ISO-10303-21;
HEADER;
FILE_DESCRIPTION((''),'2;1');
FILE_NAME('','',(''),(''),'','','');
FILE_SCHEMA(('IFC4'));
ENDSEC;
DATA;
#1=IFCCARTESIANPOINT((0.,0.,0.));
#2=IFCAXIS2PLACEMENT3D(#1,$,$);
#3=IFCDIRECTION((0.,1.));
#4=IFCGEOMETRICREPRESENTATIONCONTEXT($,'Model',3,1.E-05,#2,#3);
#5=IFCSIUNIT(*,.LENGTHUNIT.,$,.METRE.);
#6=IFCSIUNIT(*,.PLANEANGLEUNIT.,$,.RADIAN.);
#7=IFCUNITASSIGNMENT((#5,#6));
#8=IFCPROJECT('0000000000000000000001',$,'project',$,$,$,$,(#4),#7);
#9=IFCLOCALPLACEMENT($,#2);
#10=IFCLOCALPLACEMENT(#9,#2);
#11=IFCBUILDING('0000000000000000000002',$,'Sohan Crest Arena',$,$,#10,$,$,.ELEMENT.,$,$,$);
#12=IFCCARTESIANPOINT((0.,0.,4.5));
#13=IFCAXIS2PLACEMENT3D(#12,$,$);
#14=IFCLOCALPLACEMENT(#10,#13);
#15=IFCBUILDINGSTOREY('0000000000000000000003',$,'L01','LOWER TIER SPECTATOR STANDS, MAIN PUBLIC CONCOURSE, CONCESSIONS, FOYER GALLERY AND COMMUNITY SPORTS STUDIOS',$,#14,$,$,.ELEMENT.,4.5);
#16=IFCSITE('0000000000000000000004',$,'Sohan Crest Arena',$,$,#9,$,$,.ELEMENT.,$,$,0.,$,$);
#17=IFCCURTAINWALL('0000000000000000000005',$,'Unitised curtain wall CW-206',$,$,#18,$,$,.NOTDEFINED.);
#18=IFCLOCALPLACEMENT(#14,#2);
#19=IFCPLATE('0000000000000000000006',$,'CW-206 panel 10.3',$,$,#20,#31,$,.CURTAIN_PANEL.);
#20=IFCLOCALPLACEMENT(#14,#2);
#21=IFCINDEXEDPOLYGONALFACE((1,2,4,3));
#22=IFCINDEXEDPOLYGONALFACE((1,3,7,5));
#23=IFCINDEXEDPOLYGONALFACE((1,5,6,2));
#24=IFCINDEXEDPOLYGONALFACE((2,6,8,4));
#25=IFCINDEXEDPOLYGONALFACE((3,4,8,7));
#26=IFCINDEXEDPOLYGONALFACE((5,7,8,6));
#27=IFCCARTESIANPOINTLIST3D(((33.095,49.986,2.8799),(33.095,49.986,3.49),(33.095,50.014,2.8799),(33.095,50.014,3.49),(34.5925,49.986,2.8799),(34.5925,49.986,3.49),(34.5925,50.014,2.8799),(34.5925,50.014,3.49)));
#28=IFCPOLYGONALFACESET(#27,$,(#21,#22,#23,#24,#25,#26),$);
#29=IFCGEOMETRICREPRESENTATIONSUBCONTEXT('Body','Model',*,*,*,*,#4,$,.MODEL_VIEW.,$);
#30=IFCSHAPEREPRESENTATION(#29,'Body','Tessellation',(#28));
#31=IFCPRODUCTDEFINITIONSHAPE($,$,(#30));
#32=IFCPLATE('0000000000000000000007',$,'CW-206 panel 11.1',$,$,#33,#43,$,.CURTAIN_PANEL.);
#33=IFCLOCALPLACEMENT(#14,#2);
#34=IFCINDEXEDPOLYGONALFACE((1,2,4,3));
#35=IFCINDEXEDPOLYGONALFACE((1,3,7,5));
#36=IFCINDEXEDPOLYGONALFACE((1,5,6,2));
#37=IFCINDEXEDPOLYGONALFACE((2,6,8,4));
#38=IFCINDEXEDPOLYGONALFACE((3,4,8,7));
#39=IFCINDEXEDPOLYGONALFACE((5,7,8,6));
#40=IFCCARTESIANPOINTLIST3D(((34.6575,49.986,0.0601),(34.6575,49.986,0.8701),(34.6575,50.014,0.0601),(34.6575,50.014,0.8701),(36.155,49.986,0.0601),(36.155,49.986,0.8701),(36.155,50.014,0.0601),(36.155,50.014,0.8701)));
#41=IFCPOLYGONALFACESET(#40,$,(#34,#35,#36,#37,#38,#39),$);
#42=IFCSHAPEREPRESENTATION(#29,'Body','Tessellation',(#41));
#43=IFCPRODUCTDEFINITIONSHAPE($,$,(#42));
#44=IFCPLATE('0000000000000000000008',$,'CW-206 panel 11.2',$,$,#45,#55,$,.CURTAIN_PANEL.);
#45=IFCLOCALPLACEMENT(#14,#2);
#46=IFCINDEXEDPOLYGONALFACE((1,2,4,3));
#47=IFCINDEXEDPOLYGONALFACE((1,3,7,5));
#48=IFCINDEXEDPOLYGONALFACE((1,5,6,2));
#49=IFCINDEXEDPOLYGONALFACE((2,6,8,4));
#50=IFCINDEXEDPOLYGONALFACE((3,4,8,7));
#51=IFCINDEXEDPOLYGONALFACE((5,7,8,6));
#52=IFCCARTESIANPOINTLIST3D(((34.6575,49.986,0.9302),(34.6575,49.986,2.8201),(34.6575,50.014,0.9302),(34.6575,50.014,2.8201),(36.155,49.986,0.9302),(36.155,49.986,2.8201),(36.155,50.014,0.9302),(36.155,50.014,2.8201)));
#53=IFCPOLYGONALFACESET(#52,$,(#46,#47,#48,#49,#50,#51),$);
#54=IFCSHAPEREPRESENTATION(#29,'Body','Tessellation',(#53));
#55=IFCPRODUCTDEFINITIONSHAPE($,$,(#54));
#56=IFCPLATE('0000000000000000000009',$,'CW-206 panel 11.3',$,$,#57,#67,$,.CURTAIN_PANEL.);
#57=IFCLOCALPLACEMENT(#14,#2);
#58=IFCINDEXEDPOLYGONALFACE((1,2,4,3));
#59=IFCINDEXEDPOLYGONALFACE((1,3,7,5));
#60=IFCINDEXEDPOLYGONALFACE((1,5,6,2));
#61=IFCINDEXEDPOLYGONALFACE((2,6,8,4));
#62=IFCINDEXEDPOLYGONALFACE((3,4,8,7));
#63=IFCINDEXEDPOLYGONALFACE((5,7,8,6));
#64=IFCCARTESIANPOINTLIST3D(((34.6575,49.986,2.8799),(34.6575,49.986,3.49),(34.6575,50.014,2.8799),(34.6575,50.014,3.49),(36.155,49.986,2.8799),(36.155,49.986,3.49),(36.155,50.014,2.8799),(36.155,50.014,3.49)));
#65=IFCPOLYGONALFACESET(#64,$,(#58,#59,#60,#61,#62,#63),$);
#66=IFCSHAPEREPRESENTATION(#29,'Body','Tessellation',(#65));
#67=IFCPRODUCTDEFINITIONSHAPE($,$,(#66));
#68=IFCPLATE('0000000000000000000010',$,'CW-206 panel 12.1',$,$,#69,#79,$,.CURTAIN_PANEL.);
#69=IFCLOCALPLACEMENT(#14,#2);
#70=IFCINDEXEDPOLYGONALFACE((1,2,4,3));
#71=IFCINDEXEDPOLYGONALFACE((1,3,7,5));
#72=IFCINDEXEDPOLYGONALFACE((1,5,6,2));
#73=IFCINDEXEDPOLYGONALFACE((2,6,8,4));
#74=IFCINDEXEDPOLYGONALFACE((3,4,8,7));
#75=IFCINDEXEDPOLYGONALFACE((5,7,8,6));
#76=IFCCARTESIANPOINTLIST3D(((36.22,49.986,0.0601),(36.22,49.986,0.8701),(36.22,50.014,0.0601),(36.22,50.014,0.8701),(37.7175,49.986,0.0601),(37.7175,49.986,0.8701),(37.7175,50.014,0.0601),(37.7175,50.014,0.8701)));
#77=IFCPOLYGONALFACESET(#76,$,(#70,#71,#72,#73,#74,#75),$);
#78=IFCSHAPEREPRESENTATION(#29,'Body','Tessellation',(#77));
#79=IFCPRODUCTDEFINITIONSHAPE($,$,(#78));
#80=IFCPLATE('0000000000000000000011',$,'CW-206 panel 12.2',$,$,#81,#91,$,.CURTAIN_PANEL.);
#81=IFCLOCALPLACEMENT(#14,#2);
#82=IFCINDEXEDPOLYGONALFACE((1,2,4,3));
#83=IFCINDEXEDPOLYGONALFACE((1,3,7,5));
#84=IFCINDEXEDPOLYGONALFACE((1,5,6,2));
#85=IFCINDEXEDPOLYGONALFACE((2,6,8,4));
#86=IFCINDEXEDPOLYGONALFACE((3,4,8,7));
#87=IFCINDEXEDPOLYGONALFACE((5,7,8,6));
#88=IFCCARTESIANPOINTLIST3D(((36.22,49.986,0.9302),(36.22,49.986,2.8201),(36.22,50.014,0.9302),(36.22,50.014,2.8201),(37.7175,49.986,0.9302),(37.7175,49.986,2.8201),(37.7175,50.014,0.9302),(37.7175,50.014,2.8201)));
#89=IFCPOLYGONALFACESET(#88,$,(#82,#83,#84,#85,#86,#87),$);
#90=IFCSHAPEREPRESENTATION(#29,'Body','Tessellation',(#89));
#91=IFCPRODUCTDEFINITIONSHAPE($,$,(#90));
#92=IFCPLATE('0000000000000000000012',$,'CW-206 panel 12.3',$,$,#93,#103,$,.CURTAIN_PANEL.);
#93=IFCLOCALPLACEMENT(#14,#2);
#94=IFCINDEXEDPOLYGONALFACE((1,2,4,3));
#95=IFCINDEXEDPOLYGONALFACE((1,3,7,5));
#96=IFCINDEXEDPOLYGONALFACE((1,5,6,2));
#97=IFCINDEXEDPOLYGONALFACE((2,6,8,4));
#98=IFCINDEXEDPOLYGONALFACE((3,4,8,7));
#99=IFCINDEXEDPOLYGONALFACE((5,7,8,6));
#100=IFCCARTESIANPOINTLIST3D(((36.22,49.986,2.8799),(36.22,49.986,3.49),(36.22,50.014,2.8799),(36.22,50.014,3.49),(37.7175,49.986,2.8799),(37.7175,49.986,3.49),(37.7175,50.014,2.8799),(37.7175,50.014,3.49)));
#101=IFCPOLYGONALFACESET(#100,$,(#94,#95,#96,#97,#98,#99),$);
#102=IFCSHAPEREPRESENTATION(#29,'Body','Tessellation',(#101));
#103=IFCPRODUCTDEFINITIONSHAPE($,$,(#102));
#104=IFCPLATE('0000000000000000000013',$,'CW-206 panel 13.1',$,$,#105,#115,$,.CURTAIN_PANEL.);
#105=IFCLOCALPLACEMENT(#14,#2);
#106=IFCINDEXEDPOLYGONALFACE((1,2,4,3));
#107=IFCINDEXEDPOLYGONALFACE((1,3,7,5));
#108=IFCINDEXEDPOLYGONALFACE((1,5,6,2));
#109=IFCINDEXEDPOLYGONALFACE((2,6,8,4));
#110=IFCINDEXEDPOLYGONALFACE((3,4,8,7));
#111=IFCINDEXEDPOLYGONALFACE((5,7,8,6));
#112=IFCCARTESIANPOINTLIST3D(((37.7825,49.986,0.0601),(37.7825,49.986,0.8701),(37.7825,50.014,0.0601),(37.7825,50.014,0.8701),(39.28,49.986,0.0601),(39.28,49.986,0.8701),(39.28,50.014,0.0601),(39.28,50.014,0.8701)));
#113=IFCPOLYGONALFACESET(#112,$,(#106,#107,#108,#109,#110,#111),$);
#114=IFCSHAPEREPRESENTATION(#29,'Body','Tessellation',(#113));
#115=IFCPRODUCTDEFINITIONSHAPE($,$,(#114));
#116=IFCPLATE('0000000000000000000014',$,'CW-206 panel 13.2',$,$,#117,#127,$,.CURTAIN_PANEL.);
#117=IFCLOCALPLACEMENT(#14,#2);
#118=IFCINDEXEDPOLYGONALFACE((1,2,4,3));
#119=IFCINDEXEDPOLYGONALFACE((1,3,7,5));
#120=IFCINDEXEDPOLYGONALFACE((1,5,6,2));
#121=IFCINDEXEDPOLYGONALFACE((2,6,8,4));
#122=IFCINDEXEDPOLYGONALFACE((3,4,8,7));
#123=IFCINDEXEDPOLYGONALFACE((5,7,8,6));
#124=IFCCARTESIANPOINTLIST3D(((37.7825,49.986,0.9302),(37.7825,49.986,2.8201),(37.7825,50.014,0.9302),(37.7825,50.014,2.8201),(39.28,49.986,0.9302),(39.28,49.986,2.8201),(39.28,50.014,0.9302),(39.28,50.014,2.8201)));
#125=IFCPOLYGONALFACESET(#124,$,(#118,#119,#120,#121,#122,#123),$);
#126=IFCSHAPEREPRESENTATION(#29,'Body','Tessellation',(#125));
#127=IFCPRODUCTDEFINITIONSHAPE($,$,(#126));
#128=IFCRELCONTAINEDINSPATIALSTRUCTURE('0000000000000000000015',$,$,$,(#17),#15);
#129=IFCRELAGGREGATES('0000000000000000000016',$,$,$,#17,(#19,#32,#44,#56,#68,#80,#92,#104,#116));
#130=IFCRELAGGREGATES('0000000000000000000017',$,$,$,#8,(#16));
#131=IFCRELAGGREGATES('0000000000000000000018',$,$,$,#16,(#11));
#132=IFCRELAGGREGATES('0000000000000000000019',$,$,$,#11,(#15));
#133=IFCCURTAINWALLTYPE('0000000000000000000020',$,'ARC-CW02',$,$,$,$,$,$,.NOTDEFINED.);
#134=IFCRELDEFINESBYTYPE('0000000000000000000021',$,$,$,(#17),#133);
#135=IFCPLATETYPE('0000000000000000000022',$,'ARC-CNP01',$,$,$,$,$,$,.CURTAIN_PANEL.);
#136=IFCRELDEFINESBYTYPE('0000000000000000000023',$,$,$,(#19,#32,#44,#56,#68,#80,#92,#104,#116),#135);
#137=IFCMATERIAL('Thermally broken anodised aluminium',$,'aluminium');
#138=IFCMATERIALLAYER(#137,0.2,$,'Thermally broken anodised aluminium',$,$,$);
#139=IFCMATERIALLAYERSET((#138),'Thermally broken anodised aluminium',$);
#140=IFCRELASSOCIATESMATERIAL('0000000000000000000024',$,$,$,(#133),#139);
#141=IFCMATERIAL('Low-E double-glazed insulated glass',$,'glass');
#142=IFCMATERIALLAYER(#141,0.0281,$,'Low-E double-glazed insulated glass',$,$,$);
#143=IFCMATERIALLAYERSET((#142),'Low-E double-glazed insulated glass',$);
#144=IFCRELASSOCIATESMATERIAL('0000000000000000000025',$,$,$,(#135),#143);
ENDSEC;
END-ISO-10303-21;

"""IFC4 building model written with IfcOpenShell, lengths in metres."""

from ifc_helpers import new_model, si_unit, direction, frame, origin, origin_2d, place, context, subcontext, project, spatial, rectangle, extrude, material, layer, layer_set, type_object, element, aggregate, save


model = new_model("IFC4")

# Units and contexts
model_context = context("Model", 3, precision=1e-05, world=origin(), true_north=direction((0.0, 1.0)))
body_context = subcontext(model_context, "Body", "Model", "MODEL_VIEW")
ifc_project = project(units=[si_unit("LENGTHUNIT", "METRE"), si_unit("PLANEANGLEUNIT", "RADIAN")], contexts=[model_context])

# Site, building, storey
site_placement = place(None, origin())
site = spatial("IfcSite", under=ifc_project, at=site_placement, Name="Sohan Crest Arena", CompositionType="ELEMENT", RefElevation=0.0)
building_placement = place(site_placement, origin())
building = spatial("IfcBuilding", under=site, at=building_placement, Name="Sohan Crest Arena", CompositionType="ELEMENT")
storey_placement = place(building_placement, frame((0.0, 0.0, 4.5)))
storey = spatial("IfcBuildingStorey", under=building, at=storey_placement, Name="L01", Description="LOWER TIER SPECTATOR STANDS, MAIN PUBLIC CONCOURSE, CONCESSIONS, FOYER GALLERY AND COMMUNITY SPORTS STUDIOS", CompositionType="ELEMENT", Elevation=4.5)

# Curtain wall, plates
ifc_material_1 = material(Name="Thermally broken anodised aluminium", Category="aluminium")
ifc_layer_1 = layer(ifc_material_1, 0.2, Name="Thermally broken anodised aluminium")
ifc_layer_set_1 = layer_set([ifc_layer_1], Name="Thermally broken anodised aluminium")
curtain_wall_type = type_object("IfcCurtainWallType", Name="ARC-CW02", PredefinedType="NOTDEFINED", material=ifc_layer_set_1)
curtain_wall_placement = place(storey_placement, origin())
curtain_wall = element("IfcCurtainWall", 1, at=curtain_wall_placement, inside=storey, type_object=curtain_wall_type, Name="Unitised curtain wall CW-206", PredefinedType="NOTDEFINED")
ifc_material_2 = material(Name="Low-E double-glazed insulated glass", Category="glass")
ifc_layer_2 = layer(ifc_material_2, 0.0281, Name="Low-E double-glazed insulated glass")
ifc_layer_set_2 = layer_set([ifc_layer_2], Name="Low-E double-glazed insulated glass")
plate_type = type_object("IfcPlateType", Name="ARC-CNP01", PredefinedType="CURTAIN_PANEL", material=ifc_layer_set_2)
plate_1_placement = place(storey_placement, frame((33.8438, 50.0, 2.8799), z_axis=(0.0, 0.0, 1.0), x_axis=(1.0, 0.0, 0.0)))
plate_1 = element("IfcPlate", 2, at=plate_1_placement, type_object=plate_type, Name="CW-206 panel 10.3", PredefinedType="CURTAIN_PANEL", context=body_context, shape_type="SweptSolid", body=[
    extrude(rectangle(XDim=1.4976, YDim=0.0281, at=origin_2d()), origin(), (0.0, 0.0, 1.0), 0.6101),
])
plate_2_placement = place(storey_placement, frame((35.4062, 50.0, 0.0601), z_axis=(0.0, 0.0, 1.0), x_axis=(1.0, 0.0, 0.0)))
plate_2 = element("IfcPlate", 3, at=plate_2_placement, type_object=plate_type, Name="CW-206 panel 11.1", PredefinedType="CURTAIN_PANEL", context=body_context, shape_type="SweptSolid", body=[
    extrude(rectangle(XDim=1.4976, YDim=0.0281, at=origin_2d()), origin(), (0.0, 0.0, 1.0), 0.8101),
])
plate_3_placement = place(storey_placement, frame((35.4062, 50.0, 0.9302), z_axis=(0.0, 0.0, 1.0), x_axis=(1.0, 0.0, 0.0)))
plate_3 = element("IfcPlate", 4, at=plate_3_placement, type_object=plate_type, Name="CW-206 panel 11.2", PredefinedType="CURTAIN_PANEL", context=body_context, shape_type="SweptSolid", body=[
    extrude(rectangle(XDim=1.4976, YDim=0.0281, at=origin_2d()), origin(), (0.0, 0.0, 1.0), 1.8899),
])
plate_4_placement = place(storey_placement, frame((35.4062, 50.0, 2.8799), z_axis=(0.0, 0.0, 1.0), x_axis=(1.0, 0.0, 0.0)))
plate_4 = element("IfcPlate", 5, at=plate_4_placement, type_object=plate_type, Name="CW-206 panel 11.3", PredefinedType="CURTAIN_PANEL", context=body_context, shape_type="SweptSolid", body=[
    extrude(rectangle(XDim=1.4976, YDim=0.0281, at=origin_2d()), origin(), (0.0, 0.0, 1.0), 0.6101),
])
plate_5_placement = place(storey_placement, frame((36.9688, 50.0, 0.0601), z_axis=(0.0, 0.0, 1.0), x_axis=(1.0, 0.0, 0.0)))
plate_5 = element("IfcPlate", 6, at=plate_5_placement, type_object=plate_type, Name="CW-206 panel 12.1", PredefinedType="CURTAIN_PANEL", context=body_context, shape_type="SweptSolid", body=[
    extrude(rectangle(XDim=1.4976, YDim=0.0281, at=origin_2d()), origin(), (0.0, 0.0, 1.0), 0.8101),
])
plate_6_placement = place(storey_placement, frame((36.9688, 50.0, 0.9302), z_axis=(0.0, 0.0, 1.0), x_axis=(1.0, 0.0, 0.0)))
plate_6 = element("IfcPlate", 7, at=plate_6_placement, type_object=plate_type, Name="CW-206 panel 12.2", PredefinedType="CURTAIN_PANEL", context=body_context, shape_type="SweptSolid", body=[
    extrude(rectangle(XDim=1.4976, YDim=0.0281, at=origin_2d()), origin(), (0.0, 0.0, 1.0), 1.8899),
])
plate_7_placement = place(storey_placement, frame((36.9688, 50.0, 2.8799), z_axis=(0.0, 0.0, 1.0), x_axis=(1.0, 0.0, 0.0)))
plate_7 = element("IfcPlate", 8, at=plate_7_placement, type_object=plate_type, Name="CW-206 panel 12.3", PredefinedType="CURTAIN_PANEL", context=body_context, shape_type="SweptSolid", body=[
    extrude(rectangle(XDim=1.4976, YDim=0.0281, at=origin_2d()), origin(), (0.0, 0.0, 1.0), 0.6101),
])
plate_8_placement = place(storey_placement, frame((38.5312, 50.0, 0.0601), z_axis=(0.0, 0.0, 1.0), x_axis=(1.0, 0.0, 0.0)))
plate_8 = element("IfcPlate", 9, at=plate_8_placement, type_object=plate_type, Name="CW-206 panel 13.1", PredefinedType="CURTAIN_PANEL", context=body_context, shape_type="SweptSolid", body=[
    extrude(rectangle(XDim=1.4976, YDim=0.0281, at=origin_2d()), origin(), (0.0, 0.0, 1.0), 0.8101),
])
plate_9_placement = place(storey_placement, frame((38.5312, 50.0, 0.9302), z_axis=(0.0, 0.0, 1.0), x_axis=(1.0, 0.0, 0.0)))
plate_9 = element("IfcPlate", 10, at=plate_9_placement, type_object=plate_type, Name="CW-206 panel 13.2", PredefinedType="CURTAIN_PANEL", context=body_context, shape_type="SweptSolid", body=[
    extrude(rectangle(XDim=1.4976, YDim=0.0281, at=origin_2d()), origin(), (0.0, 0.0, 1.0), 1.8899),
])
aggregate(curtain_wall, [plate_1, plate_2, plate_3, plate_4, plate_5, plate_6, plate_7, plate_8, plate_9])

save(model, "model.ifc")
